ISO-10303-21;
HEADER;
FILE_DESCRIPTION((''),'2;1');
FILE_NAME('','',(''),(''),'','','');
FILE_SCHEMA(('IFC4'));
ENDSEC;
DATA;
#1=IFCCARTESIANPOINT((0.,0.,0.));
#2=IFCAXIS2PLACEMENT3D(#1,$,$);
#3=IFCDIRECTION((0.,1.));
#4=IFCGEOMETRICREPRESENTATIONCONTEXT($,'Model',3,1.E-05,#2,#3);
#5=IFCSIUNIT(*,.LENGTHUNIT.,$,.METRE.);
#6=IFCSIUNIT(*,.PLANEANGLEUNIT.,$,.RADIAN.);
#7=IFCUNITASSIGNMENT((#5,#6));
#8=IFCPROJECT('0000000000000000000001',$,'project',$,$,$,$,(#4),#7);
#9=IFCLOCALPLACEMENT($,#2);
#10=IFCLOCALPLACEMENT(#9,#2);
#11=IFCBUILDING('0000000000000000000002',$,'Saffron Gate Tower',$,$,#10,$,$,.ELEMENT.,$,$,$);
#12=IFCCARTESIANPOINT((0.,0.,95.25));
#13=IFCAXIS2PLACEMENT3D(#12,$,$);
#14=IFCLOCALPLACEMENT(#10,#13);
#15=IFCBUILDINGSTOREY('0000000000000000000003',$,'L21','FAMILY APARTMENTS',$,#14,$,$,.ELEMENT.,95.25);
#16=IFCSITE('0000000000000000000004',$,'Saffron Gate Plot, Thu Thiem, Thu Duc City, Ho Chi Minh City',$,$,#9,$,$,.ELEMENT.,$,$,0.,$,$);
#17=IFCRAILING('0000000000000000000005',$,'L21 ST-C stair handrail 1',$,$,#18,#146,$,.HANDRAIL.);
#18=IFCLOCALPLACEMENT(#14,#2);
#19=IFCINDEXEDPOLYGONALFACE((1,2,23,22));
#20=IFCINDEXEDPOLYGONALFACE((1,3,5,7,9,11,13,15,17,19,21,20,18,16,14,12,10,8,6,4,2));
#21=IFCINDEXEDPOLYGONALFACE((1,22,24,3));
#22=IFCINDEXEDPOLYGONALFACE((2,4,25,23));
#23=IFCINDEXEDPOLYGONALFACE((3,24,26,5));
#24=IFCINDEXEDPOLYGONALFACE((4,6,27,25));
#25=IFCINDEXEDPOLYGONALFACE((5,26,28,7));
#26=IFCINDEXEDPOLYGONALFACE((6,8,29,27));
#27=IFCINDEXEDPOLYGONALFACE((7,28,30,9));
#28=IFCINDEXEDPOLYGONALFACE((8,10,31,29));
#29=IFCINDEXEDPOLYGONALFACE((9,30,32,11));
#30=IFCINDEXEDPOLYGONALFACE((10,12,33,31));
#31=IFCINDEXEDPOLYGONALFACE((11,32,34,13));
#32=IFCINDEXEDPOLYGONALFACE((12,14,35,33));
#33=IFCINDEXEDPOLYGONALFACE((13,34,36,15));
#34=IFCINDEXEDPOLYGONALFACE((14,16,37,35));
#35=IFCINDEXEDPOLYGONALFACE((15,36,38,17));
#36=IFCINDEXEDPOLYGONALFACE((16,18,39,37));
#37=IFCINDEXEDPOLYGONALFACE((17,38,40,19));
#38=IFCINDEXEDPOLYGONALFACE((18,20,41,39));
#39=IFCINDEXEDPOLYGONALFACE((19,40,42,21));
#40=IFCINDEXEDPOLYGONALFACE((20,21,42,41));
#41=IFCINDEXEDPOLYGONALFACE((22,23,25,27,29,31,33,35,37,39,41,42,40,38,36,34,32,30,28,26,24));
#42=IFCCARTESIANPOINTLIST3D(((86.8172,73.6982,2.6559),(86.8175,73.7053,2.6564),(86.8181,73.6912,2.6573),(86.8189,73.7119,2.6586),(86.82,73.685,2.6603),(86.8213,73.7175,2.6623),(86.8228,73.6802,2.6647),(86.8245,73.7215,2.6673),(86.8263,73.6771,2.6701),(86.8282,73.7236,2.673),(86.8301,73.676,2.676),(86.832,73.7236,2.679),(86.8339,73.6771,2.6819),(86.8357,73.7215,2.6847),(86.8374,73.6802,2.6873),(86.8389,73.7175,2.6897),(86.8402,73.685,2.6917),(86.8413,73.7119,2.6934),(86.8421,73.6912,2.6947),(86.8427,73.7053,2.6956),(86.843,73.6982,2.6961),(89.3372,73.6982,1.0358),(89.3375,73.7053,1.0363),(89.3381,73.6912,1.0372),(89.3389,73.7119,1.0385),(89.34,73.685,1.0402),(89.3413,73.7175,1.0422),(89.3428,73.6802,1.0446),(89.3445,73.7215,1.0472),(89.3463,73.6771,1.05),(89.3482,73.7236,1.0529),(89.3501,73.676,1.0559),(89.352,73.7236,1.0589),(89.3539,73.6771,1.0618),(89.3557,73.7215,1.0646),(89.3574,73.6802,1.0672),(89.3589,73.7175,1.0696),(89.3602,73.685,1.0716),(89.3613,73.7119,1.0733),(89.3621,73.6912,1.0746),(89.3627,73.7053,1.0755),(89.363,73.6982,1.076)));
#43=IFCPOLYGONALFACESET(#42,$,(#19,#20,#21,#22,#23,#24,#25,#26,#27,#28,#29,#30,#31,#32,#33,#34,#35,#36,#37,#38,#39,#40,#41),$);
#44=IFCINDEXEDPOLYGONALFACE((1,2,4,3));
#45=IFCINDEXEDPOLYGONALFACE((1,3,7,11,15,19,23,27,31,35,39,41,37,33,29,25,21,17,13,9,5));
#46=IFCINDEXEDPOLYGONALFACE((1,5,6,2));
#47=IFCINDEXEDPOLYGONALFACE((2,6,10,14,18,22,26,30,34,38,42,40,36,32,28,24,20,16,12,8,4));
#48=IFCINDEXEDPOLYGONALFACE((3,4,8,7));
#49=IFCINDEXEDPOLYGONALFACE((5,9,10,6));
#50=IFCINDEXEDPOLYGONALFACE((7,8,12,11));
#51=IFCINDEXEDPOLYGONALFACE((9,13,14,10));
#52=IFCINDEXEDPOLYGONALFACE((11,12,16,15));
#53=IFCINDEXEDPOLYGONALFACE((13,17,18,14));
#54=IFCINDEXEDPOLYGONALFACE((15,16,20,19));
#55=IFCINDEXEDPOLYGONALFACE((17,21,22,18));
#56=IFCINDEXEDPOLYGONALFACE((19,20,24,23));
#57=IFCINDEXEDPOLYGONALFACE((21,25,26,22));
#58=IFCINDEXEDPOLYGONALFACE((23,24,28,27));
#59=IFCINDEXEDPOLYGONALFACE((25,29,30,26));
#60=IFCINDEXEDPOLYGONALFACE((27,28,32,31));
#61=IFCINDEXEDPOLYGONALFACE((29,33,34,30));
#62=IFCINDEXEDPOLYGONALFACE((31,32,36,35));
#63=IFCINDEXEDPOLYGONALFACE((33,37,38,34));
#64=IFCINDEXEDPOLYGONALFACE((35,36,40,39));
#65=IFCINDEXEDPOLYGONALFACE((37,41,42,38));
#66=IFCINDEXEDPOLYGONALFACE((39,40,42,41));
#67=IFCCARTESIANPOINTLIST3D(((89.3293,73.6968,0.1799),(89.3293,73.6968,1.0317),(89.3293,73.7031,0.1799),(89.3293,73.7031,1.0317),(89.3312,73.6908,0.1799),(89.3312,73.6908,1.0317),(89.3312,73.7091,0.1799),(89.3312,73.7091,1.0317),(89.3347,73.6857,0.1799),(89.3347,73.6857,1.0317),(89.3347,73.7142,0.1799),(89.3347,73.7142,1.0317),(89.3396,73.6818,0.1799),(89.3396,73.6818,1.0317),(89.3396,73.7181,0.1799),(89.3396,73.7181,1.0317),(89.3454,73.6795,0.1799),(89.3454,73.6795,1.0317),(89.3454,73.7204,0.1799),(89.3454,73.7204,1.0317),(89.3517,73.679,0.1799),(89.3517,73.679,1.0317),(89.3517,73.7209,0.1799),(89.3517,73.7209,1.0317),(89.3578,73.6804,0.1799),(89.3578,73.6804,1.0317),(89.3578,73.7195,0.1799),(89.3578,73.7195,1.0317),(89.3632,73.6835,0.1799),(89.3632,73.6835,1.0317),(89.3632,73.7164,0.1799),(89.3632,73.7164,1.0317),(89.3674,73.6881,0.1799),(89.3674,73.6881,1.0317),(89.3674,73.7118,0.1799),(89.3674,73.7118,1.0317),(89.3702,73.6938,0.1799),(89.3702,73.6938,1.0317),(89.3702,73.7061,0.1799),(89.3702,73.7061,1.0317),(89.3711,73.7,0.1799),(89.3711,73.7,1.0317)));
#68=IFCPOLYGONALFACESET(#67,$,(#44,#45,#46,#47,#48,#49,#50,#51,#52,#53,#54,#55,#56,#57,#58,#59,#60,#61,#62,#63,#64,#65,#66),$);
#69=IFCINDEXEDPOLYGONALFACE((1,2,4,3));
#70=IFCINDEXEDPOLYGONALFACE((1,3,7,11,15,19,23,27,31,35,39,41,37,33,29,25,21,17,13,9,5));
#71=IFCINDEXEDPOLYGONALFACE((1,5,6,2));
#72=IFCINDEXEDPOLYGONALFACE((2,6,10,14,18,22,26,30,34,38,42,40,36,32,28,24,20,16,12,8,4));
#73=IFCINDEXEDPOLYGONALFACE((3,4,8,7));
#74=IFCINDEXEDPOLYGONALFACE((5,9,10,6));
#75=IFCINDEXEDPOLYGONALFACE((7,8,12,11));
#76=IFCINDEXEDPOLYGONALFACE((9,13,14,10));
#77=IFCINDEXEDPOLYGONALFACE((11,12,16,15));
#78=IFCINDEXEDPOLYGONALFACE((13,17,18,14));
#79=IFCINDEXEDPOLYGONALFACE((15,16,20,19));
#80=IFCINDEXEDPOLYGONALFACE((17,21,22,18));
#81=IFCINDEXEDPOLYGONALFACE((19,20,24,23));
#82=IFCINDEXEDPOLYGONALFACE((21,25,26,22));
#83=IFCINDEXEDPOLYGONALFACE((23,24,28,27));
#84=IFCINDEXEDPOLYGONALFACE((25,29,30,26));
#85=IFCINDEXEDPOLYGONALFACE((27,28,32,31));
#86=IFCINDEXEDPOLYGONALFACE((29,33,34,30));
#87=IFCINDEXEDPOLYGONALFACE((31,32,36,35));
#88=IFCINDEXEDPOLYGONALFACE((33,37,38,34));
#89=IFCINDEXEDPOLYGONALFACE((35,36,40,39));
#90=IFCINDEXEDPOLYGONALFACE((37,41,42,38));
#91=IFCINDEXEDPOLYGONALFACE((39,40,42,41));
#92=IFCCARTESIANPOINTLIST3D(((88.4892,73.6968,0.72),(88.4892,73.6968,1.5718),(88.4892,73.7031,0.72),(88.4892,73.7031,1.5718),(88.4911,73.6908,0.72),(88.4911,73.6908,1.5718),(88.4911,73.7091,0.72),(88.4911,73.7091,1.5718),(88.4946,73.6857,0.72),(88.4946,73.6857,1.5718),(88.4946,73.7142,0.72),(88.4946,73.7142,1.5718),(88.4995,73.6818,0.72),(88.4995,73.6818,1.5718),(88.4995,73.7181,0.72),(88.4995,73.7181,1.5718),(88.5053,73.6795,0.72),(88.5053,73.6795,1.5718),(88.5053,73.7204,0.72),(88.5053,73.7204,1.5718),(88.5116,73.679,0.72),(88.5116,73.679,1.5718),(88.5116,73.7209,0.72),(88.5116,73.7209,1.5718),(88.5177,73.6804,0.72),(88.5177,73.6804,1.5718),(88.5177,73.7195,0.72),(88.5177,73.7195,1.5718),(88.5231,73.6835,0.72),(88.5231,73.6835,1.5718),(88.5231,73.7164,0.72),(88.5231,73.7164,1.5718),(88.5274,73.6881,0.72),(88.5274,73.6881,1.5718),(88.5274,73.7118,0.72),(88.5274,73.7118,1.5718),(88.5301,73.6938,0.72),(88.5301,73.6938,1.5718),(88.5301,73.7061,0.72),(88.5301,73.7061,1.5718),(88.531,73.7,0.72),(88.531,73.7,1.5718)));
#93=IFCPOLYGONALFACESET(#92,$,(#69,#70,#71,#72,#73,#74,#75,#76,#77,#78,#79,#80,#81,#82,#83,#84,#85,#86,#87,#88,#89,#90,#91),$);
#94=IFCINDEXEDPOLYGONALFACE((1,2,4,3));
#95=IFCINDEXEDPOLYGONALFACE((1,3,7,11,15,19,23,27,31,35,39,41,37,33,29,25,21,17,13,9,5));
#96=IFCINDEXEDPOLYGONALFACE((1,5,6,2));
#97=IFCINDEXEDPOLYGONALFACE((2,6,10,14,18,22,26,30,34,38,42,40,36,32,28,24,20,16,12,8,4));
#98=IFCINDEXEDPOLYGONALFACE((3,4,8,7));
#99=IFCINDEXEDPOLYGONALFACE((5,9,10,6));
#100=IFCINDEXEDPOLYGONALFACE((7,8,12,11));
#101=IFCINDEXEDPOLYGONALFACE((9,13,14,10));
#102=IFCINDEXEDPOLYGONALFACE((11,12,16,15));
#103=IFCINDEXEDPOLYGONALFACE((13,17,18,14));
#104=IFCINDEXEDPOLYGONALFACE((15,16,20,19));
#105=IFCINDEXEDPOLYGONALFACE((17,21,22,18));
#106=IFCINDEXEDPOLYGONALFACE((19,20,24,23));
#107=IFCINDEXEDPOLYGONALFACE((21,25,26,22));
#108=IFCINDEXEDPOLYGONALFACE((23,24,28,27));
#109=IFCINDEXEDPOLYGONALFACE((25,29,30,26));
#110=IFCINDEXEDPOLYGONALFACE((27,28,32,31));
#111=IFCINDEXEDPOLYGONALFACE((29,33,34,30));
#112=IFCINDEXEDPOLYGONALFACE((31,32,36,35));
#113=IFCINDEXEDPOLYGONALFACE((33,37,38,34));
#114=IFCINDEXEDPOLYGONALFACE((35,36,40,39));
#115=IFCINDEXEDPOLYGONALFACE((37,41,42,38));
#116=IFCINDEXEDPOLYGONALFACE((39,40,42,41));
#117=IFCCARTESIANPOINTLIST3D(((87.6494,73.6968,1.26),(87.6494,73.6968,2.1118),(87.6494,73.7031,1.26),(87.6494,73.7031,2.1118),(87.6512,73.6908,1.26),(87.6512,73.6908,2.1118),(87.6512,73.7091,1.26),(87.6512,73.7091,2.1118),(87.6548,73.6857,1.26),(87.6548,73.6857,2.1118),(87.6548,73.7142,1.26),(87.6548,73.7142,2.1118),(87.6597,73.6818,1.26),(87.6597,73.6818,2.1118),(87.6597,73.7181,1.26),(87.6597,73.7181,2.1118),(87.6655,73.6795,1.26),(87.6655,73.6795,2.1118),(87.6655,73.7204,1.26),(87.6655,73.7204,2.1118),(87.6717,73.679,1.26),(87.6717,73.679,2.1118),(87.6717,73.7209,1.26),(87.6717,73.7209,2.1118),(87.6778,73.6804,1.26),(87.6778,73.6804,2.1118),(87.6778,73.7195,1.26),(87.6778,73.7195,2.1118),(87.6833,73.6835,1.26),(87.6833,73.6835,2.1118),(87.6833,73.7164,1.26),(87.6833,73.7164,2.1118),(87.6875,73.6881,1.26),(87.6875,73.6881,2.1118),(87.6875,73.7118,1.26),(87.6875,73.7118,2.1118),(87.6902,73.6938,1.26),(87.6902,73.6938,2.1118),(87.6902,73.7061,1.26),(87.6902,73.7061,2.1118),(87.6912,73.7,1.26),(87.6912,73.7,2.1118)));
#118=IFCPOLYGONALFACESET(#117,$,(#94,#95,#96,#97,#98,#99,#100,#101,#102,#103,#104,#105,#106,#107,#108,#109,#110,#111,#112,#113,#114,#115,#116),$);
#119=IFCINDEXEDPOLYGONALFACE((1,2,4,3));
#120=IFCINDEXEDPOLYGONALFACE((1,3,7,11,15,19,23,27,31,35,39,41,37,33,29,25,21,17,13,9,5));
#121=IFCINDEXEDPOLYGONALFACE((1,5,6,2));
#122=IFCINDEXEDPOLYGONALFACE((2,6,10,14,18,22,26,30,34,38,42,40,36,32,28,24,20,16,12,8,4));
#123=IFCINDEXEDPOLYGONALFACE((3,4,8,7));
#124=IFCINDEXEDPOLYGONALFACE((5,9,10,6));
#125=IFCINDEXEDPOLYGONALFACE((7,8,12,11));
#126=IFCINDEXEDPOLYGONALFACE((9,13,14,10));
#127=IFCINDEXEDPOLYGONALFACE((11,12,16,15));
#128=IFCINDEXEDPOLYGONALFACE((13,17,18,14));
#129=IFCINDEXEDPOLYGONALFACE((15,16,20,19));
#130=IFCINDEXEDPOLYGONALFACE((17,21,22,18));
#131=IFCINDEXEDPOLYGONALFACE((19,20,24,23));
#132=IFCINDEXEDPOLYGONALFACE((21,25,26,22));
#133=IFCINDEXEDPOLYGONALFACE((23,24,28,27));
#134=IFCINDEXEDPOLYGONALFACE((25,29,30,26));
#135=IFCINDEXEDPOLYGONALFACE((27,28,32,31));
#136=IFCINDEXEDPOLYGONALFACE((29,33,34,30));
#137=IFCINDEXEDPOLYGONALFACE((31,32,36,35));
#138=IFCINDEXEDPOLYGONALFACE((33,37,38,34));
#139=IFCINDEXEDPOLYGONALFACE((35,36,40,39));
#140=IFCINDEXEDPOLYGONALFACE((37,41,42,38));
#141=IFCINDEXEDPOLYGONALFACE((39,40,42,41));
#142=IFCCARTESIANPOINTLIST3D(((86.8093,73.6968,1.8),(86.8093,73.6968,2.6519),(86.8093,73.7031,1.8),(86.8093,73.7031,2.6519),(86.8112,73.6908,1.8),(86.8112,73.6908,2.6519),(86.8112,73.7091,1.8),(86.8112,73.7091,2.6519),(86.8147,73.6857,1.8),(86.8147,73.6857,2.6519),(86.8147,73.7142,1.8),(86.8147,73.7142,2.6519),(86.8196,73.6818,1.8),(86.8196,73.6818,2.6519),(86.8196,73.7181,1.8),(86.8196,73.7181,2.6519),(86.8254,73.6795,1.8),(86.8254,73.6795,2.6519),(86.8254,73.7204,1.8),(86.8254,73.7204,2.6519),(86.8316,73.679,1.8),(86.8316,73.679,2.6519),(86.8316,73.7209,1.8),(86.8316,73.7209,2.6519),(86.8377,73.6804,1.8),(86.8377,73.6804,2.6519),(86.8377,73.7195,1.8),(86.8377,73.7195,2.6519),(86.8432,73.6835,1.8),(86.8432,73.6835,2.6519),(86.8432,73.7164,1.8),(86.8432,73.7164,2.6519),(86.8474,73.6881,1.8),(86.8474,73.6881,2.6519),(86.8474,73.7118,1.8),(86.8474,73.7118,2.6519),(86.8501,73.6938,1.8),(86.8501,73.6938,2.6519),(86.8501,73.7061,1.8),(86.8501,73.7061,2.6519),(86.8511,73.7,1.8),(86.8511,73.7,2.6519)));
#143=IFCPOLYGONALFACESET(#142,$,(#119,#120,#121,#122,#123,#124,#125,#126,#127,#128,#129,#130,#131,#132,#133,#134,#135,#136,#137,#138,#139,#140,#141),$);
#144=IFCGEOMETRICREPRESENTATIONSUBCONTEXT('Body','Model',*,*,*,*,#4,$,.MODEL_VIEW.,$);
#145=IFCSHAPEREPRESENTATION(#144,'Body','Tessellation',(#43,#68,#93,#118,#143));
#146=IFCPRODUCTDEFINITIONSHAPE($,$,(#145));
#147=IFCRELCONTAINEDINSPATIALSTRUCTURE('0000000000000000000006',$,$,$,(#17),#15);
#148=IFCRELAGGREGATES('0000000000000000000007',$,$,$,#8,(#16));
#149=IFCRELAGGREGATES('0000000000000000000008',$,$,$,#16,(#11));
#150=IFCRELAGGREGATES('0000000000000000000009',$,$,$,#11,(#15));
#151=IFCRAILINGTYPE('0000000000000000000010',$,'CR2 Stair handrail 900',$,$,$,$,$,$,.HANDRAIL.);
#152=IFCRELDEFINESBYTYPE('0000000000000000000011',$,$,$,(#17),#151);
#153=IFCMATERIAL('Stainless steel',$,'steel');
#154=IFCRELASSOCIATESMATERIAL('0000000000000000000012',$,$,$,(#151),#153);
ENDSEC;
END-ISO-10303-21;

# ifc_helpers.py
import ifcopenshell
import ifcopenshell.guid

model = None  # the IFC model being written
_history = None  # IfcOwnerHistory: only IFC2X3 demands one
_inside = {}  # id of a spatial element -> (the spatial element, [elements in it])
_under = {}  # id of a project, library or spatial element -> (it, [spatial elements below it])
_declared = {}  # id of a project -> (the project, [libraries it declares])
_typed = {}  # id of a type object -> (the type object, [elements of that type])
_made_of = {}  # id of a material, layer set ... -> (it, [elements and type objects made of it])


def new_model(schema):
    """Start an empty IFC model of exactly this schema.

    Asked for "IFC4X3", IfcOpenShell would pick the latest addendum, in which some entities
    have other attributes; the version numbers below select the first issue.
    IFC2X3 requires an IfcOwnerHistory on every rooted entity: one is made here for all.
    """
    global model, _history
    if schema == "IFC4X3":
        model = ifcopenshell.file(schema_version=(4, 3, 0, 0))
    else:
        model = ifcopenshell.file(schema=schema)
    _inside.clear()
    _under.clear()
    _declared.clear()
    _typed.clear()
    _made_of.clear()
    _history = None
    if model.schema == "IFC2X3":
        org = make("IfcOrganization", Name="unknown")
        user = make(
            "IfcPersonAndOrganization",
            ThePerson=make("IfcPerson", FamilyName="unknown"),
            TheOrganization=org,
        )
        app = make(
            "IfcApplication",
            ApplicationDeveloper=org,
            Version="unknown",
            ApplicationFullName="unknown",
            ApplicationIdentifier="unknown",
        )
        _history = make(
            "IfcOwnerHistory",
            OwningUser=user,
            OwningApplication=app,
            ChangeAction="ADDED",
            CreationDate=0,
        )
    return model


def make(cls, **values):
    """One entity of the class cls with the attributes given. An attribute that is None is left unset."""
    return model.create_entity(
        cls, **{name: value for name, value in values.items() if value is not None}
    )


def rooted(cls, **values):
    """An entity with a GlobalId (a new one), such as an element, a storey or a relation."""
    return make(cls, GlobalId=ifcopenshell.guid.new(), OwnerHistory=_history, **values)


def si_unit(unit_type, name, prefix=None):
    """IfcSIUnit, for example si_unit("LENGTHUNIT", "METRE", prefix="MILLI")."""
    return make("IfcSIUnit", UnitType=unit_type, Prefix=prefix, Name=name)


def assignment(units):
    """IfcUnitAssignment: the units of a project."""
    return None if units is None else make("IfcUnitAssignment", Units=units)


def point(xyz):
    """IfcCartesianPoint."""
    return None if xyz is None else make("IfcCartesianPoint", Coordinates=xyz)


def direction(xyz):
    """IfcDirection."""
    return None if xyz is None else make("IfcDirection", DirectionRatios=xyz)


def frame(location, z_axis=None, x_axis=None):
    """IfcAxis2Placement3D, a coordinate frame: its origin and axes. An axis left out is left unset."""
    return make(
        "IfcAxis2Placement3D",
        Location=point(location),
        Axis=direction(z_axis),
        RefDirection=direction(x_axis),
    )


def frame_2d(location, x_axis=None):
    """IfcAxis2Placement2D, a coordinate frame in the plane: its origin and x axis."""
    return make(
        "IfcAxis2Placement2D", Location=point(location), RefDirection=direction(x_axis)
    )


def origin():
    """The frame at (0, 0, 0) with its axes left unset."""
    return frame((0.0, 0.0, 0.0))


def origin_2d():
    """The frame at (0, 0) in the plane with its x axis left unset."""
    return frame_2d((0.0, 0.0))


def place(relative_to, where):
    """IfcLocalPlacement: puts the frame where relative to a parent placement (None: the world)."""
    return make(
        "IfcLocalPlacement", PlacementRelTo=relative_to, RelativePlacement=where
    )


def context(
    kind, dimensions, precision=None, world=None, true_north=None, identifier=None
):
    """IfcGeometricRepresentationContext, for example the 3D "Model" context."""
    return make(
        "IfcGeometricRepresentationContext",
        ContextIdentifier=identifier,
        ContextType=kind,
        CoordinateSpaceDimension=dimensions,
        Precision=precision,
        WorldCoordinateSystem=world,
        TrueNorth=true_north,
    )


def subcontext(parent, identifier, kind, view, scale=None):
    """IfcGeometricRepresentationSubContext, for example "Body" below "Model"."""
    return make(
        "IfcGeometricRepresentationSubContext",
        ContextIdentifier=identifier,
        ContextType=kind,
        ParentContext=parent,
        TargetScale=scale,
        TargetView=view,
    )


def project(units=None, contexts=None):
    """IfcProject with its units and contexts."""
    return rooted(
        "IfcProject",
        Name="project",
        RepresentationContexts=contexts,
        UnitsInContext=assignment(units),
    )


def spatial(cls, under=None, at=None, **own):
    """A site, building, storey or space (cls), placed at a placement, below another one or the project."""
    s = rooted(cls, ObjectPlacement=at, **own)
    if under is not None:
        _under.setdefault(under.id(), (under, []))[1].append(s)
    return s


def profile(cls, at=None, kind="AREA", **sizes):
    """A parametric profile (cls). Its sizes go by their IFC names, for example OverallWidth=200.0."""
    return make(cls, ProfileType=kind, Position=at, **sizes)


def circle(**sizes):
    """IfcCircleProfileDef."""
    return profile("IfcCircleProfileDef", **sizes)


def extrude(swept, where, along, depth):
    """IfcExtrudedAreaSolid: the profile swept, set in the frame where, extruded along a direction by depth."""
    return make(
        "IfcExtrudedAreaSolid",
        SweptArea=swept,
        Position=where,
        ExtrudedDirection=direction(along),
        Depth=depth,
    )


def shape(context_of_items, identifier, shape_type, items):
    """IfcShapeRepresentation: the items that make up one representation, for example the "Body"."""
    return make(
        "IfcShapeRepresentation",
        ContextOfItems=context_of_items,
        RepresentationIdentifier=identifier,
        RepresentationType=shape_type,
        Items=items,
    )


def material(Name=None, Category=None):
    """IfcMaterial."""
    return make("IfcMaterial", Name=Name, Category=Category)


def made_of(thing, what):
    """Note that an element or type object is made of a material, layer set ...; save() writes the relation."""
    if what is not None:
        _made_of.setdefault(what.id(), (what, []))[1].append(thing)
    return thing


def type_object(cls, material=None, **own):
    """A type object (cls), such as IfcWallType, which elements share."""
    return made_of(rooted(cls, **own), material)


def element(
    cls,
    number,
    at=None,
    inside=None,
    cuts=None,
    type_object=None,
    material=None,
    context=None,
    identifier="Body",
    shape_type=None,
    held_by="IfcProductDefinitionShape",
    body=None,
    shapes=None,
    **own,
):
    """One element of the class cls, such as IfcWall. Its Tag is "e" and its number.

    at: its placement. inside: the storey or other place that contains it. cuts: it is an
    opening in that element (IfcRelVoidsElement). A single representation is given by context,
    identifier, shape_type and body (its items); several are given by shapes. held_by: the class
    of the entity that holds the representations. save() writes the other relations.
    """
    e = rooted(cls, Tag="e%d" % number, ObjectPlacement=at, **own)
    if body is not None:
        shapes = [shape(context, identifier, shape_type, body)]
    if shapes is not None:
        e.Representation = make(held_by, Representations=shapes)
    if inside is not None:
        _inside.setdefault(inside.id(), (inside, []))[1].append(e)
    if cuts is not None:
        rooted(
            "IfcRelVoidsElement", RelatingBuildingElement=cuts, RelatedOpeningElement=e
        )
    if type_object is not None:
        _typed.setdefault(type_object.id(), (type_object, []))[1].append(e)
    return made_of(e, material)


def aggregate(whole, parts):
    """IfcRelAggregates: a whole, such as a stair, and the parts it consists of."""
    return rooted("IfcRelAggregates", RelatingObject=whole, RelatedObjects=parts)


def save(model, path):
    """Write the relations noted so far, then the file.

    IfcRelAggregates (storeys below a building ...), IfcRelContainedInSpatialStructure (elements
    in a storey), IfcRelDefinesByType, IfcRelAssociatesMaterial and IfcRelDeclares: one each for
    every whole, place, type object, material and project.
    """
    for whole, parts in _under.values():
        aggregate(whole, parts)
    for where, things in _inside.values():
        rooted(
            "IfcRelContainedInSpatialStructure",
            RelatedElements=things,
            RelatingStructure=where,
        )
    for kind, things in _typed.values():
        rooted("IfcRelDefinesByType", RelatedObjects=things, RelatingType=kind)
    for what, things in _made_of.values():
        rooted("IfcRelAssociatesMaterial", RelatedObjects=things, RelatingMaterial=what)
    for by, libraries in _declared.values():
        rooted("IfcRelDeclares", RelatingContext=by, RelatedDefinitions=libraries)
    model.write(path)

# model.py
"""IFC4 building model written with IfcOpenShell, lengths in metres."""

from ifc_helpers import new_model, si_unit, direction, frame, origin, origin_2d, place, context, subcontext, project, spatial, circle, extrude, material, type_object, element, save


model = new_model("IFC4")

# Units and contexts
model_context = context("Model", 3, precision=1e-05, world=origin(), true_north=direction((0.0, 1.0)))
body_context = subcontext(model_context, "Body", "Model", "MODEL_VIEW")
ifc_project = project(units=[si_unit("LENGTHUNIT", "METRE"), si_unit("PLANEANGLEUNIT", "RADIAN")], contexts=[model_context])

# Site, building, storey
site_placement = place(None, origin())
site = spatial("IfcSite", under=ifc_project, at=site_placement, Name="Saffron Gate Plot, Thu Thiem, Thu Duc City, Ho Chi Minh City", CompositionType="ELEMENT", RefElevation=0.0)
building_placement = place(site_placement, origin())
building = spatial("IfcBuilding", under=site, at=building_placement, Name="Saffron Gate Tower", CompositionType="ELEMENT")
storey_placement = place(building_placement, frame((0.0, 0.0, 95.25)))
storey = spatial("IfcBuildingStorey", under=building, at=storey_placement, Name="L21", Description="FAMILY APARTMENTS", CompositionType="ELEMENT", Elevation=95.25)

# Railing
ifc_material_1 = material(Name="Stainless steel", Category="steel")
railing_type_1 = type_object("IfcRailingType", Name="CR2 Stair handrail 900", PredefinedType="HANDRAIL", material=ifc_material_1)
railing_1_placement = place(storey_placement, frame((89.3501, 73.7, 0.1799)))
element("IfcRailing", 1, at=railing_1_placement, inside=storey, type_object=railing_type_1, Name="L21 ST-C stair handrail 1", PredefinedType="HANDRAIL", context=body_context, shape_type="SweptSolid", body=[
    extrude(circle(Radius=0.0239, at=origin_2d()), frame((0.0, 0.0, 0.876), z_axis=(-0.841163, 0.0, 0.540782), x_axis=(0.0, -1.0, 0.0)), (0.0, 0.0, 1.0), 2.9958),
    extrude(circle(Radius=0.021, at=origin_2d()), origin(), (0.0, 0.0, 1.0), 0.8518),
    extrude(circle(Radius=0.021, at=origin_2d()), frame((-0.8401, 0.0, 0.54)), (0.0, 0.0, 1.0), 0.8518),
    extrude(circle(Radius=0.021, at=origin_2d()), frame((-1.6799, 0.0, 1.0801)), (0.0, 0.0, 1.0), 0.8518),
    extrude(circle(Radius=0.021, at=origin_2d()), frame((-2.52, 0.0, 1.6201)), (0.0, 0.0, 1.0), 0.8518),
])

save(model, "model.ifc")
